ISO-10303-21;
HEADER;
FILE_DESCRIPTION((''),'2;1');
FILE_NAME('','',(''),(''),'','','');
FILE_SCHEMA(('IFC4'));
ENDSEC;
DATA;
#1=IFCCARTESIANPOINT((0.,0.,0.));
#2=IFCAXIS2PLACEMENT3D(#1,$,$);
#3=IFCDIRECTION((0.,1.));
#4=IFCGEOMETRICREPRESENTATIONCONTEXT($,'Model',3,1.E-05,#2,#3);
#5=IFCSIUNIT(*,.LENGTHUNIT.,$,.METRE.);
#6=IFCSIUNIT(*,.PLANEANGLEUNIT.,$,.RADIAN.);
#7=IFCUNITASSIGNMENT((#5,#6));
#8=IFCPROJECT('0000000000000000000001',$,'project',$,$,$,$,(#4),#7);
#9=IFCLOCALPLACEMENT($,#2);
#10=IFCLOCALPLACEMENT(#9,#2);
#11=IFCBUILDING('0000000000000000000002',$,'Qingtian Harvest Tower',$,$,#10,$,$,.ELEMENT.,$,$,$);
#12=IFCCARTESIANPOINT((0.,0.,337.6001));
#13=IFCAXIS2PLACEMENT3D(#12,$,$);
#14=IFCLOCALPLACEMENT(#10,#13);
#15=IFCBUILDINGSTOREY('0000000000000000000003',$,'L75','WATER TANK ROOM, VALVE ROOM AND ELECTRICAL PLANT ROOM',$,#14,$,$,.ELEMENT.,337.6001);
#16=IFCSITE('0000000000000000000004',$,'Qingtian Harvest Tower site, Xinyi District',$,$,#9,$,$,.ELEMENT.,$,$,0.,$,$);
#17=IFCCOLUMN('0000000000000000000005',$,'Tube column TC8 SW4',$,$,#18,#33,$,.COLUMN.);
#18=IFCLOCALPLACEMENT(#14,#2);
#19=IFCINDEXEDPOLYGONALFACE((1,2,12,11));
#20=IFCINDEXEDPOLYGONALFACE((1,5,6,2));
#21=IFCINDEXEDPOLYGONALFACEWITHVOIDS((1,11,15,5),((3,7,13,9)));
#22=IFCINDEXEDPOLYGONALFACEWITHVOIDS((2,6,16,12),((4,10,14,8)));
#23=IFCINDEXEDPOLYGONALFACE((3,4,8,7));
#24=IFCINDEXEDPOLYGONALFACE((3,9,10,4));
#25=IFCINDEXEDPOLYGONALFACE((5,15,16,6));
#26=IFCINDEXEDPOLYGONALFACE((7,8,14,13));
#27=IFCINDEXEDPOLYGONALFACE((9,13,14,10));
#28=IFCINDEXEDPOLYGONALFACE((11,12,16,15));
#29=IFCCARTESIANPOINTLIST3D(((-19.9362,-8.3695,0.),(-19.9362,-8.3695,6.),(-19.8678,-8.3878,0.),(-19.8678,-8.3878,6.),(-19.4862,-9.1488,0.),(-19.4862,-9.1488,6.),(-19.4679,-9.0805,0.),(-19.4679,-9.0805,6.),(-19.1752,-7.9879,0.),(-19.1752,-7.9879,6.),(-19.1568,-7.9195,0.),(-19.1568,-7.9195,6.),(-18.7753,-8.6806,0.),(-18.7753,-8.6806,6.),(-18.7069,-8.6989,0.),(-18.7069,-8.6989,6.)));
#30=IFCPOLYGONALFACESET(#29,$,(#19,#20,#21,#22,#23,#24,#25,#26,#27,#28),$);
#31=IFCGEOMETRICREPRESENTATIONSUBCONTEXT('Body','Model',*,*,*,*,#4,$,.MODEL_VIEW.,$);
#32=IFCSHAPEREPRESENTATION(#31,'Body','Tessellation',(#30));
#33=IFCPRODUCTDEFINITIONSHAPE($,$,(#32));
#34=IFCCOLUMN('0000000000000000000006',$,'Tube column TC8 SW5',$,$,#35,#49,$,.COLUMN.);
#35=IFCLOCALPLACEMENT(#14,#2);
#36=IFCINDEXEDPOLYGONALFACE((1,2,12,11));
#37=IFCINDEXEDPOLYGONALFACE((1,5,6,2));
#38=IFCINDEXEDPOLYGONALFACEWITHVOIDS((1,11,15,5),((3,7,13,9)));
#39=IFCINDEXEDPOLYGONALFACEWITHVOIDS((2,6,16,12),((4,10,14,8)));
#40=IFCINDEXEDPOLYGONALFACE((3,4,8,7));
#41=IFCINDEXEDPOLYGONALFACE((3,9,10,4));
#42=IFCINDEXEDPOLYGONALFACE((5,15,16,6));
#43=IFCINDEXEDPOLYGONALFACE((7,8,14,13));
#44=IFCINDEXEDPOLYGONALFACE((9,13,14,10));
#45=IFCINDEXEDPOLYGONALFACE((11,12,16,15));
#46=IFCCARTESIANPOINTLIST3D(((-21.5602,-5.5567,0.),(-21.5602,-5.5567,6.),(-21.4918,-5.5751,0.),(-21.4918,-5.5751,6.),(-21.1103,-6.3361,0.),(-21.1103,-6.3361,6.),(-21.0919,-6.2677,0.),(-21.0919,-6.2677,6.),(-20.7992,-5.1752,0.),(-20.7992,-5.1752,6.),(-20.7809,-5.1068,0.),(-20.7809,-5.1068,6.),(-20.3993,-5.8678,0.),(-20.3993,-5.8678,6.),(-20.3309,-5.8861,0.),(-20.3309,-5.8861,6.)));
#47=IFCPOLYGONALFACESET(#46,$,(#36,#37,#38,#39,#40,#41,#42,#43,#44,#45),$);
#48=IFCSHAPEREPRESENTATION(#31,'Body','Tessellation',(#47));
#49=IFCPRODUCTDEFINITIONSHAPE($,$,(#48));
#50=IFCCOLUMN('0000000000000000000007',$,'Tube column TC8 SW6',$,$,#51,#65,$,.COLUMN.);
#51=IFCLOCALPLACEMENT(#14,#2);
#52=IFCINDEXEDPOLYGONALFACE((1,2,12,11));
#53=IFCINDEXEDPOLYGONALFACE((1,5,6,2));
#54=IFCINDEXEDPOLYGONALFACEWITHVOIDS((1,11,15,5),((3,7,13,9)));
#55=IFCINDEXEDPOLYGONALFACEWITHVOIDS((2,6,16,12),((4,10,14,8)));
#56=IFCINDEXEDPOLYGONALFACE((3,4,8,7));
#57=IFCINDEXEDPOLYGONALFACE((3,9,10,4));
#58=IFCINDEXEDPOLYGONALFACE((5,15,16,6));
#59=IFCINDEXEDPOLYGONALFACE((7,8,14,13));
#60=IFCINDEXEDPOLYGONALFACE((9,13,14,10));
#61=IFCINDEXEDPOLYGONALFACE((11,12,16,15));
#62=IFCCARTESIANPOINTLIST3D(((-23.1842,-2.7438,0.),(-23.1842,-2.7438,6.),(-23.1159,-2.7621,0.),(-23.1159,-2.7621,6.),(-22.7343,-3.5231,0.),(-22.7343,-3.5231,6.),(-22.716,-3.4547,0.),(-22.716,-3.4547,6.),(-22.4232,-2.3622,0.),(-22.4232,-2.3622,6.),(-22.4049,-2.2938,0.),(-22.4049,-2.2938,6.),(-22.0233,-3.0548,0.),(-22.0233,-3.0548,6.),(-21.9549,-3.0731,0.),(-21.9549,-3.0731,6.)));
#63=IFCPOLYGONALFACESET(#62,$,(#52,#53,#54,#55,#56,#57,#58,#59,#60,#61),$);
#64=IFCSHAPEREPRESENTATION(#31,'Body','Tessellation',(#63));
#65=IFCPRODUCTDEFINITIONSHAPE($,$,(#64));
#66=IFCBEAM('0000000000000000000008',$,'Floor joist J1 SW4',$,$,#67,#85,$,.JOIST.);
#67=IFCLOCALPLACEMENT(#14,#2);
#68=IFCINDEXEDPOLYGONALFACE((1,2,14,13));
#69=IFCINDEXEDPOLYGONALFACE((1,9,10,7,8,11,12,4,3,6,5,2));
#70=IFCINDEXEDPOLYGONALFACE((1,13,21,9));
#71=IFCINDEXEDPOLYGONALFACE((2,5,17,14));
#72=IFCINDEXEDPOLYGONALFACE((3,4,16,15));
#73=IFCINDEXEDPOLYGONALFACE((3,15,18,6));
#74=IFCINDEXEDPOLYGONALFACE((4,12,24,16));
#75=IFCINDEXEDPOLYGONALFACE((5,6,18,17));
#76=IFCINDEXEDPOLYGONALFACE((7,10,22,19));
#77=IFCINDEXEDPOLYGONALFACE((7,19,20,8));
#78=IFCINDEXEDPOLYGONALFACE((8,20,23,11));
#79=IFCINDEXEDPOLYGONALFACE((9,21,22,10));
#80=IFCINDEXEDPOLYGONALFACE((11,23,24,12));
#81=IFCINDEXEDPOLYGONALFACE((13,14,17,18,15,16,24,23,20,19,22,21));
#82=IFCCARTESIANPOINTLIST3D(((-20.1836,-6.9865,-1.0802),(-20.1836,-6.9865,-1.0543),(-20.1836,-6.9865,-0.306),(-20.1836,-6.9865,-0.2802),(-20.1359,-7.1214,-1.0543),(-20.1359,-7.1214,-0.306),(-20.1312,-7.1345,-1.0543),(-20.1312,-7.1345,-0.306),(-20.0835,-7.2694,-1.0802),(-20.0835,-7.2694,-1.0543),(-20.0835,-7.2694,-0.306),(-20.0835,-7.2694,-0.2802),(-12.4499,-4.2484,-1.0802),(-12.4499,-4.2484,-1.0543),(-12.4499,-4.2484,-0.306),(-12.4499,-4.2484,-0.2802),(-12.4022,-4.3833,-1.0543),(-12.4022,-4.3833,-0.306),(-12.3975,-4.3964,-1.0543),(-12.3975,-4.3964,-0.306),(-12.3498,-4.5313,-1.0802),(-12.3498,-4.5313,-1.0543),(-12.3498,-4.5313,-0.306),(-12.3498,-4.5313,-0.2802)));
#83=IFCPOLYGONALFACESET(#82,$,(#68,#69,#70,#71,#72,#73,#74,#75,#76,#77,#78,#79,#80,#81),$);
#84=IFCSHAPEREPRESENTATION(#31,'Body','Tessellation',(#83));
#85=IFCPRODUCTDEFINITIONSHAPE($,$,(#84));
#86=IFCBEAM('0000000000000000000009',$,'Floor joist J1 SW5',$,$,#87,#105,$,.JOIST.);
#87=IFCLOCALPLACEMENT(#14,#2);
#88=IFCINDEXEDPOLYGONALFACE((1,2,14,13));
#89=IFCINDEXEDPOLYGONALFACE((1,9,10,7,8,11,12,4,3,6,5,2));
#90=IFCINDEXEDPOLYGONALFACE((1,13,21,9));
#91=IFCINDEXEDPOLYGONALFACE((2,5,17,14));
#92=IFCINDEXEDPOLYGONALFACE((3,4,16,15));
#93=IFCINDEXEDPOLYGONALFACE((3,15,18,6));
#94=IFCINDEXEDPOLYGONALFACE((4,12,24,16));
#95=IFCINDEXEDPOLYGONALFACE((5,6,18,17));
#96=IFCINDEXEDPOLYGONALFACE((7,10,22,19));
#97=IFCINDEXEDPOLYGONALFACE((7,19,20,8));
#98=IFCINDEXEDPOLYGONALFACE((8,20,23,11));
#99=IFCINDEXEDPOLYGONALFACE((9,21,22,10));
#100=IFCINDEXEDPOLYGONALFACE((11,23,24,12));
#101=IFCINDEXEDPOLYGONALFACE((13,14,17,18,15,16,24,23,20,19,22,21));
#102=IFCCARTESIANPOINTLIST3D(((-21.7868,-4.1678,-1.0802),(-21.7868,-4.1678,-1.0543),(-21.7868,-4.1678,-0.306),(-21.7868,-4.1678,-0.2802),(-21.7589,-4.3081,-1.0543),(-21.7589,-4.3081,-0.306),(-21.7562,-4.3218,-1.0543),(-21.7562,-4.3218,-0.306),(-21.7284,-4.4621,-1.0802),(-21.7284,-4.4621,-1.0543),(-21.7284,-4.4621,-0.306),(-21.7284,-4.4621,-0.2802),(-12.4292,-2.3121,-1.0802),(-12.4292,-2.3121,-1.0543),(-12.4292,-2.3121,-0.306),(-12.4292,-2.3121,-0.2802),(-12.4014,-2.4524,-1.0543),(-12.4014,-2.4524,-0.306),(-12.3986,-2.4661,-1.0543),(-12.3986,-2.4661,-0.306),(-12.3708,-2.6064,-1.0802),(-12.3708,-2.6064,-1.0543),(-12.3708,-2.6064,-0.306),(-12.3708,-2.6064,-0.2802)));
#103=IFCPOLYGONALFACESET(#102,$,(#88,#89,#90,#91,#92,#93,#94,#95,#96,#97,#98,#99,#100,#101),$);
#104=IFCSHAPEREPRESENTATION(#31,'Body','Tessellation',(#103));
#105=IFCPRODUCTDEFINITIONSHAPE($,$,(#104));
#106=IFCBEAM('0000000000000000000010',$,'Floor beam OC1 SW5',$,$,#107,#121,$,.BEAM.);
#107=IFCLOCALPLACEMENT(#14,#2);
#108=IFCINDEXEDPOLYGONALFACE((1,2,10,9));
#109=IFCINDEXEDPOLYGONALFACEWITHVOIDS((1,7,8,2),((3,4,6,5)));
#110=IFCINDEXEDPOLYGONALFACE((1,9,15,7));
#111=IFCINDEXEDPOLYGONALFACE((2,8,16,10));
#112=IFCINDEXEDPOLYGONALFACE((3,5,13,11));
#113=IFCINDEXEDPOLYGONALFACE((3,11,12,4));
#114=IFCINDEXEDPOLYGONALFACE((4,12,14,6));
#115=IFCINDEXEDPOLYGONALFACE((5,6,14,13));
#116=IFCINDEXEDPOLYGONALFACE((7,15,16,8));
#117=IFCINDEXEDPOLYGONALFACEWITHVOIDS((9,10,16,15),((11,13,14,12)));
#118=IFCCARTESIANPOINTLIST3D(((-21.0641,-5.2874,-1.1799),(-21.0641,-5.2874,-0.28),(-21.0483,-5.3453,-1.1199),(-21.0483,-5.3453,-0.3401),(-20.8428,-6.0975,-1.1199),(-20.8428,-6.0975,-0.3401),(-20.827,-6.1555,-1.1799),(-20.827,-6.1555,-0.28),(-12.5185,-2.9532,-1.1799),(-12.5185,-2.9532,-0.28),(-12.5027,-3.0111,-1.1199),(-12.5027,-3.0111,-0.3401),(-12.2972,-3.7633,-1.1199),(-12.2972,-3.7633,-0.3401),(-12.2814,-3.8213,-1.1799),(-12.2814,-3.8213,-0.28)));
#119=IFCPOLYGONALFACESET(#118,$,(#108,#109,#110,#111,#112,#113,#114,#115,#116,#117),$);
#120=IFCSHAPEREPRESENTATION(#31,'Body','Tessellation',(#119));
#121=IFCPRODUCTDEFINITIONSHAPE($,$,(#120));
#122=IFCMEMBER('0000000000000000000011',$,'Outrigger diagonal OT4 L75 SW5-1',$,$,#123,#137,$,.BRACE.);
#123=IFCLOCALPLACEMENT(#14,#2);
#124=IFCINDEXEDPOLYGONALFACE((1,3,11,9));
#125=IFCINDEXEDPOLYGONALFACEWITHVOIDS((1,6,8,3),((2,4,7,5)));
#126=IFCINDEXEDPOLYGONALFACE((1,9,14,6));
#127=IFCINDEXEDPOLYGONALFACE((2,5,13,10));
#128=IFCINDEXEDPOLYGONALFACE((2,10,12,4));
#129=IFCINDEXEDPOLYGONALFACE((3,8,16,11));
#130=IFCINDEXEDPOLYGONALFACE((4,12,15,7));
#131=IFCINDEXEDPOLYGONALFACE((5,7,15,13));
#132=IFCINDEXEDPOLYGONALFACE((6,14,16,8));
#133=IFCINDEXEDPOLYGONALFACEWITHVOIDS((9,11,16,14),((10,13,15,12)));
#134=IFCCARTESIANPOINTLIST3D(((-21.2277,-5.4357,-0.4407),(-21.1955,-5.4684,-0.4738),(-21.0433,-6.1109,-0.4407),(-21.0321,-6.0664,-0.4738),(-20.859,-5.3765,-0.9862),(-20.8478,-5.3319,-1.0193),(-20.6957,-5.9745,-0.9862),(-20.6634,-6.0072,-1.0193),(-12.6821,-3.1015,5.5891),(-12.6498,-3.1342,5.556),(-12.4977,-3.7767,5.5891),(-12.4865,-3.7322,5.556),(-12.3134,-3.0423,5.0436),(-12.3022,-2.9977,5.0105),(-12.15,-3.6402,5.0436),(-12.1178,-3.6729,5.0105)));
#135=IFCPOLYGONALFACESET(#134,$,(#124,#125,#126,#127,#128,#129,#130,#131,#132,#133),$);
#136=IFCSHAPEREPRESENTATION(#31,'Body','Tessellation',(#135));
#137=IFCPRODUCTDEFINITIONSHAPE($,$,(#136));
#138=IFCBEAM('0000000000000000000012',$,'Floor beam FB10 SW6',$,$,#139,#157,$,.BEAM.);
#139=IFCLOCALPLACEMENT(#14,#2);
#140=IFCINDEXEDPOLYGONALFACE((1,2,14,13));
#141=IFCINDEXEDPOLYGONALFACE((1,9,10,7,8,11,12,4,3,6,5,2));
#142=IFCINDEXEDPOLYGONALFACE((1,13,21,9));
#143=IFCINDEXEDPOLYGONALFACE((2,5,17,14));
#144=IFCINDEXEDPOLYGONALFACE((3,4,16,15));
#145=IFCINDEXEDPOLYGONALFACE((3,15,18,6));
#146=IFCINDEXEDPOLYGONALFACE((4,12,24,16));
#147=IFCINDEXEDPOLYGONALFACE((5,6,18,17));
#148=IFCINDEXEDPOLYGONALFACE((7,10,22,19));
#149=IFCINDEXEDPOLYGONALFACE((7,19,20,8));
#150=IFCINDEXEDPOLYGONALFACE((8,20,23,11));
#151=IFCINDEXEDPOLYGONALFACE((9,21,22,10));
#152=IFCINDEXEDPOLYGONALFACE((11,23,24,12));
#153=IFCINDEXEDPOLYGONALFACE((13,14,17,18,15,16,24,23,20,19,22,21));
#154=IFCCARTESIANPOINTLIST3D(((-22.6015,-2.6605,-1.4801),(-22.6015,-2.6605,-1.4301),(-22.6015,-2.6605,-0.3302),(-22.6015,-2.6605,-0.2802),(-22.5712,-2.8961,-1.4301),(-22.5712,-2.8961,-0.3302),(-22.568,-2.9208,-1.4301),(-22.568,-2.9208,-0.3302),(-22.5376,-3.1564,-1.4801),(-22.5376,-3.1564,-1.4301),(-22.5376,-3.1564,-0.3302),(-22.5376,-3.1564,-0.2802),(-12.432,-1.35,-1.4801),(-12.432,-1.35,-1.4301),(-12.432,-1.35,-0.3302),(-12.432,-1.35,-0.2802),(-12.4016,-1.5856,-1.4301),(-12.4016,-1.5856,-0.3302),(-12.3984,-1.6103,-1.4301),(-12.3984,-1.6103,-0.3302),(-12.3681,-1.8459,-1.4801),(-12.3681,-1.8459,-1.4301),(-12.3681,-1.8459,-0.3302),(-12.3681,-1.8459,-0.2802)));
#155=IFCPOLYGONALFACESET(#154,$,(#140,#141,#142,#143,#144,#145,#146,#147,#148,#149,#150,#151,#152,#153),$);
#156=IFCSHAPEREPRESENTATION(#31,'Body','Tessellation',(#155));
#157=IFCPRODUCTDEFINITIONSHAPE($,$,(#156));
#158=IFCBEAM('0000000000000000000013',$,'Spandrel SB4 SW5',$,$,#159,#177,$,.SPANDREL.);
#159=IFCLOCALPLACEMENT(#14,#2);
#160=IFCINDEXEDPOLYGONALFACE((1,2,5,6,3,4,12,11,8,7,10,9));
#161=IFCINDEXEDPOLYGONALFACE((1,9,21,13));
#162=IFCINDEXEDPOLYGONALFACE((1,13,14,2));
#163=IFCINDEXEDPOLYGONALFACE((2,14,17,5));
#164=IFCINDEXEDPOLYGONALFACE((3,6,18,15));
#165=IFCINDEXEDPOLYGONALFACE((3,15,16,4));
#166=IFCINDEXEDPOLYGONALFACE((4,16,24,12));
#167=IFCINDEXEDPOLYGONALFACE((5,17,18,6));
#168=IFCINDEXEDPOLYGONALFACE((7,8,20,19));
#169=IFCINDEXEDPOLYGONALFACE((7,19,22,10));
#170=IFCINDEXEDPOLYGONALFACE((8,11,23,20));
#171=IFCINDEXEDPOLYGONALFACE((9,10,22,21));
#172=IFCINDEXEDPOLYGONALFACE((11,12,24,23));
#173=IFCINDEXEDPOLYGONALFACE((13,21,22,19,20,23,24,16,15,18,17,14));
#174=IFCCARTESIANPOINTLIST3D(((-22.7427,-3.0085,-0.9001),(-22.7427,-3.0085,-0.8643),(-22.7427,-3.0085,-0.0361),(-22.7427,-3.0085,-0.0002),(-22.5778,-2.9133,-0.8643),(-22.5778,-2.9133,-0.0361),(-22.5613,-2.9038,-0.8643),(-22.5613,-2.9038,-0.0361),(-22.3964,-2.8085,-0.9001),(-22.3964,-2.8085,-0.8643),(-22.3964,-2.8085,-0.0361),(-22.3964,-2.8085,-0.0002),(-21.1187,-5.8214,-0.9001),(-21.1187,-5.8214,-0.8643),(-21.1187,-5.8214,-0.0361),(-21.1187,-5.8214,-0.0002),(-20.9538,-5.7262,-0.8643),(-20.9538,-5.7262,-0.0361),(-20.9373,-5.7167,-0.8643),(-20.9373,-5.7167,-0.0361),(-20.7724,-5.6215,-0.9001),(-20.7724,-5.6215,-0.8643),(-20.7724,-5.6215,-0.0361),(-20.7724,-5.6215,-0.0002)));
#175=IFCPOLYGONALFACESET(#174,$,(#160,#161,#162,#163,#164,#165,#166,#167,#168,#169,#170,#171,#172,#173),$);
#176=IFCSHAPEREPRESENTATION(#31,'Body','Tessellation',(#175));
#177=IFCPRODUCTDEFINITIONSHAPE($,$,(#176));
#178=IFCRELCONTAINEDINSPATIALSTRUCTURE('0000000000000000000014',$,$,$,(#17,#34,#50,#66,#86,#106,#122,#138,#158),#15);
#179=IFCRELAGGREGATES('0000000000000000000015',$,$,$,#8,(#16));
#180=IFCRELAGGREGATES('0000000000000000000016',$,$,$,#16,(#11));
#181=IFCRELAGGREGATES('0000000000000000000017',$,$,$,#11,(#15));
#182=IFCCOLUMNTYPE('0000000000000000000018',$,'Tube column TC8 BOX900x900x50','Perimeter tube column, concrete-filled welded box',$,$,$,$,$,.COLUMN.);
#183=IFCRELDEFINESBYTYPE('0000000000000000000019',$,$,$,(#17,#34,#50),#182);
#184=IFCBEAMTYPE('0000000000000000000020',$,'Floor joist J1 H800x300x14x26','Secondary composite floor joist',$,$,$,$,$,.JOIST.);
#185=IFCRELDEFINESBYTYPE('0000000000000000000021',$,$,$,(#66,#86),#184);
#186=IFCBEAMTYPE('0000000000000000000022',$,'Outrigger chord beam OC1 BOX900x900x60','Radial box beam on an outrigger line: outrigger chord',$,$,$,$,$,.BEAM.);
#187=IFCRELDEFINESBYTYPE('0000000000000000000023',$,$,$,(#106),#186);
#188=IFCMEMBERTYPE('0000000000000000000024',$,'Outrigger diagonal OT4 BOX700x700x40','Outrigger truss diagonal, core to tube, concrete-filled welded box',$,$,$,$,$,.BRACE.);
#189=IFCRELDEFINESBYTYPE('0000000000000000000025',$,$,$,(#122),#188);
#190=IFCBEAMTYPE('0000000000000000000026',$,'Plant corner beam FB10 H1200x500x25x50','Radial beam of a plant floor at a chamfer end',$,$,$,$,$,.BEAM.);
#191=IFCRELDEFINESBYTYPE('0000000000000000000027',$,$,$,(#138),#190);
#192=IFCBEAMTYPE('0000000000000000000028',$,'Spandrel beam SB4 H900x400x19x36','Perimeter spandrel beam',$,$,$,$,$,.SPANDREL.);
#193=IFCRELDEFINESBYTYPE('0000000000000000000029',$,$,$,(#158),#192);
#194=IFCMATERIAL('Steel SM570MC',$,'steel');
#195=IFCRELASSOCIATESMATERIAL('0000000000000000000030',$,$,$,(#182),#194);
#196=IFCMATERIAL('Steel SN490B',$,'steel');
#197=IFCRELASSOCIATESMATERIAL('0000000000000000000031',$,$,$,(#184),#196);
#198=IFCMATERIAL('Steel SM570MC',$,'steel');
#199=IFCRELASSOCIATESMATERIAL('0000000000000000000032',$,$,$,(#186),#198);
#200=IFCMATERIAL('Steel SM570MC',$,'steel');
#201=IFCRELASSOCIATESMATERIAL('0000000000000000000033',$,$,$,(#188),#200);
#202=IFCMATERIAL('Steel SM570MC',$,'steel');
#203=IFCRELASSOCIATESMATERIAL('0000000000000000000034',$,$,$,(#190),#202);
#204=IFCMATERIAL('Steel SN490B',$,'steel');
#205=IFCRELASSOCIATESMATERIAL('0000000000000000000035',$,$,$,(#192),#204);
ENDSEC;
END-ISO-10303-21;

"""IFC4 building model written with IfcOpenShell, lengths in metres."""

from ifc_helpers import new_model, si_unit, direction, frame, origin, origin_2d, place, context, subcontext, project, spatial, hollow_rectangle, i_section, extrude, material, material_profile, profile_set, type_object, element, save


model = new_model("IFC4")

# Units and contexts
model_context = context("Model", 3, precision=1e-05, world=origin(), true_north=direction((0.0, 1.0)))
body_context = subcontext(model_context, "Body", "Model", "MODEL_VIEW")
ifc_project = project(units=[si_unit("LENGTHUNIT", "METRE"), si_unit("PLANEANGLEUNIT", "RADIAN")], contexts=[model_context])

# Site, building, storey
site_placement = place(None, origin())
site = spatial("IfcSite", under=ifc_project, at=site_placement, Name="Qingtian Harvest Tower site, Xinyi District", CompositionType="ELEMENT", RefElevation=0.0)
building_placement = place(site_placement, origin())
building = spatial("IfcBuilding", under=site, at=building_placement, Name="Qingtian Harvest Tower", CompositionType="ELEMENT")
storey_placement = place(building_placement, frame((0.0, 0.0, 337.6001)))
storey = spatial("IfcBuildingStorey", under=building, at=storey_placement, Name="L75", Description="WATER TANK ROOM, VALVE ROOM AND ELECTRICAL PLANT ROOM", CompositionType="ELEMENT", Elevation=337.6001)

# Columns
ifc_material_1 = material(Name="Steel SM570MC", Category="steel")
ifc_material_profile_1 = material_profile(ifc_material_1, hollow_rectangle(XDim=0.8999, YDim=0.8999, WallThickness=0.05, at=origin_2d()), Name="BOX900x900x50")
ifc_profile_set_1 = profile_set([ifc_material_profile_1], Name="Steel SM570MC")
column_type = type_object("IfcColumnType", Name="Tube column TC8 BOX900x900x50", Description="Perimeter tube column, concrete-filled welded box", PredefinedType="COLUMN", material=ifc_profile_set_1)
for number, where, z_axis, x_axis, name in (
    (1, (-19.3215, -8.5342, 0.0), (0.0, 0.0, 1.0), (0.5, -0.866025, 0.0), "Tube column TC8 SW4"),
    (2, (-20.9456, -5.7214, 0.0), (0.0, 0.0, 1.0), (0.5, -0.866025, 0.0), "Tube column TC8 SW5"),
    (3, (-22.5696, -2.9084, 0.0), (0.0, 0.0, 1.0), (0.5, -0.866025, 0.0), "Tube column TC8 SW6"),
):
    element("IfcColumn", number, at=place(storey_placement, frame(where, z_axis=z_axis, x_axis=x_axis)), inside=storey, type_object=column_type, Name=name, PredefinedType="COLUMN", context=body_context, shape_type="SweptSolid", body=[
        extrude(hollow_rectangle(XDim=0.8999, YDim=0.8999, WallThickness=0.05, at=origin_2d()), origin(), (0.0, 0.0, 1.0), 6.0),
    ])

# Beams
ifc_material_2 = material(Name="Steel SN490B", Category="steel")
ifc_material_profile_2 = material_profile(ifc_material_2, i_section(OverallWidth=0.3, OverallDepth=0.8, WebThickness=0.0139, FlangeThickness=0.0259, at=origin_2d()), Name="H800x300x14x26")
ifc_profile_set_2 = profile_set([ifc_material_profile_2], Name="Steel SN490B")
beam_type_1 = type_object("IfcBeamType", Name="Floor joist J1 H800x300x14x26", Description="Secondary composite floor joist", PredefinedType="JOIST", material=ifc_profile_set_2)
beam_1_placement = place(storey_placement, frame((-20.1335, -7.1279, -0.6802), z_axis=(0.942664, 0.333743, 0.0), x_axis=(-0.333743, 0.942664, 0.0)))
element("IfcBeam", 4, at=beam_1_placement, inside=storey, type_object=beam_type_1, Name="Floor joist J1 SW4", PredefinedType="JOIST", context=body_context, shape_type="SweptSolid", body=[
    extrude(i_section(OverallWidth=0.3, OverallDepth=0.8, WebThickness=0.0139, FlangeThickness=0.0259, at=origin_2d()), origin(), (0.0, 0.0, 1.0), 8.2041),
])
beam_2_placement = place(storey_placement, frame((-21.7576, -4.3149, -0.6802), z_axis=(0.980898, 0.194521, 0.0), x_axis=(-0.194521, 0.980898, 0.0)))
element("IfcBeam", 5, at=beam_2_placement, inside=storey, type_object=beam_type_1, Name="Floor joist J1 SW5", PredefinedType="JOIST", context=body_context, shape_type="SweptSolid", body=[
    extrude(i_section(OverallWidth=0.3, OverallDepth=0.8, WebThickness=0.0139, FlangeThickness=0.0259, at=origin_2d()), origin(), (0.0, 0.0, 1.0), 9.5398),
])
ifc_material_3 = material(Name="Steel SM570MC", Category="steel")
ifc_material_profile_3 = material_profile(ifc_material_3, hollow_rectangle(XDim=0.8999, YDim=0.8999, WallThickness=0.0601, at=origin_2d()), Name="BOX900x900x60")
ifc_profile_set_3 = profile_set([ifc_material_profile_3], Name="Steel SM570MC")
beam_type_2 = type_object("IfcBeamType", Name="Outrigger chord beam OC1 BOX900x900x60", Description="Radial box beam on an outrigger line: outrigger chord", PredefinedType="BEAM", material=ifc_profile_set_3)
beam_3_placement = place(storey_placement, frame((-20.9456, -5.7214, -0.73), z_axis=(0.964661, 0.263495, 0.0), x_axis=(-0.263495, 0.964661, 0.0)))
element("IfcBeam", 6, at=beam_3_placement, inside=storey, type_object=beam_type_2, Name="Floor beam OC1 SW5", PredefinedType="BEAM", context=body_context, shape_type="SweptSolid", body=[
    extrude(hollow_rectangle(XDim=0.8999, YDim=0.8999, WallThickness=0.0601, at=origin_2d()), origin(), (0.0, 0.0, 1.0), 8.8586),
])

# Member
ifc_material_4 = material(Name="Steel SM570MC", Category="steel")
ifc_material_profile_4 = material_profile(ifc_material_4, hollow_rectangle(XDim=0.7, YDim=0.7, WallThickness=0.04, at=origin_2d()), Name="BOX700x700x40")
ifc_profile_set_4 = profile_set([ifc_material_profile_4], Name="Steel SM570MC")
member_type = type_object("IfcMemberType", Name="Outrigger diagonal OT4 BOX700x700x40", Description="Outrigger truss diagonal, core to tube, concrete-filled welded box", PredefinedType="BRACE", material=ifc_profile_set_4)
member_placement = place(storey_placement, frame((-20.9456, -5.7214, -0.73), z_axis=(0.797458, 0.217824, 0.562684), x_axis=(-0.263495, 0.964661, 0.0)))
element("IfcMember", 7, at=member_placement, inside=storey, type_object=member_type, Name="Outrigger diagonal OT4 L75 SW5-1", PredefinedType="BRACE", context=body_context, shape_type="SweptSolid", body=[
    extrude(hollow_rectangle(XDim=0.7, YDim=0.7, WallThickness=0.04, at=origin_2d()), origin(), (0.0, 0.0, 1.0), 10.7161),
])

# Beams
ifc_material_5 = material(Name="Steel SM570MC", Category="steel")
ifc_material_profile_5 = material_profile(ifc_material_5, i_section(OverallWidth=0.5, OverallDepth=1.2, WebThickness=0.0249, FlangeThickness=0.05, at=origin_2d()), Name="H1200x500x25x50")
ifc_profile_set_5 = profile_set([ifc_material_profile_5], Name="Steel SM570MC")
beam_type_3 = type_object("IfcBeamType", Name="Plant corner beam FB10 H1200x500x25x50", Description="Radial beam of a plant floor at a chamfer end", PredefinedType="BEAM", material=ifc_profile_set_5)
beam_4_placement = place(storey_placement, frame((-22.5696, -2.9084, -0.8801), z_axis=(0.991799, 0.127811, 0.0), x_axis=(-0.127811, 0.991799, 0.0)))
element("IfcBeam", 8, at=beam_4_placement, inside=storey, type_object=beam_type_3, Name="Floor beam FB10 SW6", PredefinedType="BEAM", context=body_context, shape_type="SweptSolid", body=[
    extrude(i_section(OverallWidth=0.5, OverallDepth=1.2, WebThickness=0.0249, FlangeThickness=0.05, at=origin_2d()), origin(), (0.0, 0.0, 1.0), 10.2537),
])
ifc_material_6 = material(Name="Steel SN490B", Category="steel")
ifc_material_profile_6 = material_profile(ifc_material_6, i_section(OverallWidth=0.3999, OverallDepth=0.8999, WebThickness=0.019, FlangeThickness=0.0359, at=origin_2d()), Name="H900x400x19x36")
ifc_profile_set_6 = profile_set([ifc_material_profile_6], Name="Steel SN490B")
beam_type_4 = type_object("IfcBeamType", Name="Spandrel beam SB4 H900x400x19x36", Description="Perimeter spandrel beam", PredefinedType="SPANDREL", material=ifc_profile_set_6)
beam_5_placement = place(storey_placement, frame((-20.9456, -5.7214, -0.4502), z_axis=(-0.499987, 0.866033, 0.0), x_axis=(-0.866033, -0.499987, 0.0)))
element("IfcBeam", 9, at=beam_5_placement, inside=storey, type_object=beam_type_4, Name="Spandrel SB4 SW5", PredefinedType="SPANDREL", context=body_context, shape_type="SweptSolid", body=[
    extrude(i_section(OverallWidth=0.3999, OverallDepth=0.8999, WebThickness=0.019, FlangeThickness=0.0359, at=origin_2d()), origin(), (0.0, 0.0, 1.0), 3.248),
])

save(model, "model.ifc")
